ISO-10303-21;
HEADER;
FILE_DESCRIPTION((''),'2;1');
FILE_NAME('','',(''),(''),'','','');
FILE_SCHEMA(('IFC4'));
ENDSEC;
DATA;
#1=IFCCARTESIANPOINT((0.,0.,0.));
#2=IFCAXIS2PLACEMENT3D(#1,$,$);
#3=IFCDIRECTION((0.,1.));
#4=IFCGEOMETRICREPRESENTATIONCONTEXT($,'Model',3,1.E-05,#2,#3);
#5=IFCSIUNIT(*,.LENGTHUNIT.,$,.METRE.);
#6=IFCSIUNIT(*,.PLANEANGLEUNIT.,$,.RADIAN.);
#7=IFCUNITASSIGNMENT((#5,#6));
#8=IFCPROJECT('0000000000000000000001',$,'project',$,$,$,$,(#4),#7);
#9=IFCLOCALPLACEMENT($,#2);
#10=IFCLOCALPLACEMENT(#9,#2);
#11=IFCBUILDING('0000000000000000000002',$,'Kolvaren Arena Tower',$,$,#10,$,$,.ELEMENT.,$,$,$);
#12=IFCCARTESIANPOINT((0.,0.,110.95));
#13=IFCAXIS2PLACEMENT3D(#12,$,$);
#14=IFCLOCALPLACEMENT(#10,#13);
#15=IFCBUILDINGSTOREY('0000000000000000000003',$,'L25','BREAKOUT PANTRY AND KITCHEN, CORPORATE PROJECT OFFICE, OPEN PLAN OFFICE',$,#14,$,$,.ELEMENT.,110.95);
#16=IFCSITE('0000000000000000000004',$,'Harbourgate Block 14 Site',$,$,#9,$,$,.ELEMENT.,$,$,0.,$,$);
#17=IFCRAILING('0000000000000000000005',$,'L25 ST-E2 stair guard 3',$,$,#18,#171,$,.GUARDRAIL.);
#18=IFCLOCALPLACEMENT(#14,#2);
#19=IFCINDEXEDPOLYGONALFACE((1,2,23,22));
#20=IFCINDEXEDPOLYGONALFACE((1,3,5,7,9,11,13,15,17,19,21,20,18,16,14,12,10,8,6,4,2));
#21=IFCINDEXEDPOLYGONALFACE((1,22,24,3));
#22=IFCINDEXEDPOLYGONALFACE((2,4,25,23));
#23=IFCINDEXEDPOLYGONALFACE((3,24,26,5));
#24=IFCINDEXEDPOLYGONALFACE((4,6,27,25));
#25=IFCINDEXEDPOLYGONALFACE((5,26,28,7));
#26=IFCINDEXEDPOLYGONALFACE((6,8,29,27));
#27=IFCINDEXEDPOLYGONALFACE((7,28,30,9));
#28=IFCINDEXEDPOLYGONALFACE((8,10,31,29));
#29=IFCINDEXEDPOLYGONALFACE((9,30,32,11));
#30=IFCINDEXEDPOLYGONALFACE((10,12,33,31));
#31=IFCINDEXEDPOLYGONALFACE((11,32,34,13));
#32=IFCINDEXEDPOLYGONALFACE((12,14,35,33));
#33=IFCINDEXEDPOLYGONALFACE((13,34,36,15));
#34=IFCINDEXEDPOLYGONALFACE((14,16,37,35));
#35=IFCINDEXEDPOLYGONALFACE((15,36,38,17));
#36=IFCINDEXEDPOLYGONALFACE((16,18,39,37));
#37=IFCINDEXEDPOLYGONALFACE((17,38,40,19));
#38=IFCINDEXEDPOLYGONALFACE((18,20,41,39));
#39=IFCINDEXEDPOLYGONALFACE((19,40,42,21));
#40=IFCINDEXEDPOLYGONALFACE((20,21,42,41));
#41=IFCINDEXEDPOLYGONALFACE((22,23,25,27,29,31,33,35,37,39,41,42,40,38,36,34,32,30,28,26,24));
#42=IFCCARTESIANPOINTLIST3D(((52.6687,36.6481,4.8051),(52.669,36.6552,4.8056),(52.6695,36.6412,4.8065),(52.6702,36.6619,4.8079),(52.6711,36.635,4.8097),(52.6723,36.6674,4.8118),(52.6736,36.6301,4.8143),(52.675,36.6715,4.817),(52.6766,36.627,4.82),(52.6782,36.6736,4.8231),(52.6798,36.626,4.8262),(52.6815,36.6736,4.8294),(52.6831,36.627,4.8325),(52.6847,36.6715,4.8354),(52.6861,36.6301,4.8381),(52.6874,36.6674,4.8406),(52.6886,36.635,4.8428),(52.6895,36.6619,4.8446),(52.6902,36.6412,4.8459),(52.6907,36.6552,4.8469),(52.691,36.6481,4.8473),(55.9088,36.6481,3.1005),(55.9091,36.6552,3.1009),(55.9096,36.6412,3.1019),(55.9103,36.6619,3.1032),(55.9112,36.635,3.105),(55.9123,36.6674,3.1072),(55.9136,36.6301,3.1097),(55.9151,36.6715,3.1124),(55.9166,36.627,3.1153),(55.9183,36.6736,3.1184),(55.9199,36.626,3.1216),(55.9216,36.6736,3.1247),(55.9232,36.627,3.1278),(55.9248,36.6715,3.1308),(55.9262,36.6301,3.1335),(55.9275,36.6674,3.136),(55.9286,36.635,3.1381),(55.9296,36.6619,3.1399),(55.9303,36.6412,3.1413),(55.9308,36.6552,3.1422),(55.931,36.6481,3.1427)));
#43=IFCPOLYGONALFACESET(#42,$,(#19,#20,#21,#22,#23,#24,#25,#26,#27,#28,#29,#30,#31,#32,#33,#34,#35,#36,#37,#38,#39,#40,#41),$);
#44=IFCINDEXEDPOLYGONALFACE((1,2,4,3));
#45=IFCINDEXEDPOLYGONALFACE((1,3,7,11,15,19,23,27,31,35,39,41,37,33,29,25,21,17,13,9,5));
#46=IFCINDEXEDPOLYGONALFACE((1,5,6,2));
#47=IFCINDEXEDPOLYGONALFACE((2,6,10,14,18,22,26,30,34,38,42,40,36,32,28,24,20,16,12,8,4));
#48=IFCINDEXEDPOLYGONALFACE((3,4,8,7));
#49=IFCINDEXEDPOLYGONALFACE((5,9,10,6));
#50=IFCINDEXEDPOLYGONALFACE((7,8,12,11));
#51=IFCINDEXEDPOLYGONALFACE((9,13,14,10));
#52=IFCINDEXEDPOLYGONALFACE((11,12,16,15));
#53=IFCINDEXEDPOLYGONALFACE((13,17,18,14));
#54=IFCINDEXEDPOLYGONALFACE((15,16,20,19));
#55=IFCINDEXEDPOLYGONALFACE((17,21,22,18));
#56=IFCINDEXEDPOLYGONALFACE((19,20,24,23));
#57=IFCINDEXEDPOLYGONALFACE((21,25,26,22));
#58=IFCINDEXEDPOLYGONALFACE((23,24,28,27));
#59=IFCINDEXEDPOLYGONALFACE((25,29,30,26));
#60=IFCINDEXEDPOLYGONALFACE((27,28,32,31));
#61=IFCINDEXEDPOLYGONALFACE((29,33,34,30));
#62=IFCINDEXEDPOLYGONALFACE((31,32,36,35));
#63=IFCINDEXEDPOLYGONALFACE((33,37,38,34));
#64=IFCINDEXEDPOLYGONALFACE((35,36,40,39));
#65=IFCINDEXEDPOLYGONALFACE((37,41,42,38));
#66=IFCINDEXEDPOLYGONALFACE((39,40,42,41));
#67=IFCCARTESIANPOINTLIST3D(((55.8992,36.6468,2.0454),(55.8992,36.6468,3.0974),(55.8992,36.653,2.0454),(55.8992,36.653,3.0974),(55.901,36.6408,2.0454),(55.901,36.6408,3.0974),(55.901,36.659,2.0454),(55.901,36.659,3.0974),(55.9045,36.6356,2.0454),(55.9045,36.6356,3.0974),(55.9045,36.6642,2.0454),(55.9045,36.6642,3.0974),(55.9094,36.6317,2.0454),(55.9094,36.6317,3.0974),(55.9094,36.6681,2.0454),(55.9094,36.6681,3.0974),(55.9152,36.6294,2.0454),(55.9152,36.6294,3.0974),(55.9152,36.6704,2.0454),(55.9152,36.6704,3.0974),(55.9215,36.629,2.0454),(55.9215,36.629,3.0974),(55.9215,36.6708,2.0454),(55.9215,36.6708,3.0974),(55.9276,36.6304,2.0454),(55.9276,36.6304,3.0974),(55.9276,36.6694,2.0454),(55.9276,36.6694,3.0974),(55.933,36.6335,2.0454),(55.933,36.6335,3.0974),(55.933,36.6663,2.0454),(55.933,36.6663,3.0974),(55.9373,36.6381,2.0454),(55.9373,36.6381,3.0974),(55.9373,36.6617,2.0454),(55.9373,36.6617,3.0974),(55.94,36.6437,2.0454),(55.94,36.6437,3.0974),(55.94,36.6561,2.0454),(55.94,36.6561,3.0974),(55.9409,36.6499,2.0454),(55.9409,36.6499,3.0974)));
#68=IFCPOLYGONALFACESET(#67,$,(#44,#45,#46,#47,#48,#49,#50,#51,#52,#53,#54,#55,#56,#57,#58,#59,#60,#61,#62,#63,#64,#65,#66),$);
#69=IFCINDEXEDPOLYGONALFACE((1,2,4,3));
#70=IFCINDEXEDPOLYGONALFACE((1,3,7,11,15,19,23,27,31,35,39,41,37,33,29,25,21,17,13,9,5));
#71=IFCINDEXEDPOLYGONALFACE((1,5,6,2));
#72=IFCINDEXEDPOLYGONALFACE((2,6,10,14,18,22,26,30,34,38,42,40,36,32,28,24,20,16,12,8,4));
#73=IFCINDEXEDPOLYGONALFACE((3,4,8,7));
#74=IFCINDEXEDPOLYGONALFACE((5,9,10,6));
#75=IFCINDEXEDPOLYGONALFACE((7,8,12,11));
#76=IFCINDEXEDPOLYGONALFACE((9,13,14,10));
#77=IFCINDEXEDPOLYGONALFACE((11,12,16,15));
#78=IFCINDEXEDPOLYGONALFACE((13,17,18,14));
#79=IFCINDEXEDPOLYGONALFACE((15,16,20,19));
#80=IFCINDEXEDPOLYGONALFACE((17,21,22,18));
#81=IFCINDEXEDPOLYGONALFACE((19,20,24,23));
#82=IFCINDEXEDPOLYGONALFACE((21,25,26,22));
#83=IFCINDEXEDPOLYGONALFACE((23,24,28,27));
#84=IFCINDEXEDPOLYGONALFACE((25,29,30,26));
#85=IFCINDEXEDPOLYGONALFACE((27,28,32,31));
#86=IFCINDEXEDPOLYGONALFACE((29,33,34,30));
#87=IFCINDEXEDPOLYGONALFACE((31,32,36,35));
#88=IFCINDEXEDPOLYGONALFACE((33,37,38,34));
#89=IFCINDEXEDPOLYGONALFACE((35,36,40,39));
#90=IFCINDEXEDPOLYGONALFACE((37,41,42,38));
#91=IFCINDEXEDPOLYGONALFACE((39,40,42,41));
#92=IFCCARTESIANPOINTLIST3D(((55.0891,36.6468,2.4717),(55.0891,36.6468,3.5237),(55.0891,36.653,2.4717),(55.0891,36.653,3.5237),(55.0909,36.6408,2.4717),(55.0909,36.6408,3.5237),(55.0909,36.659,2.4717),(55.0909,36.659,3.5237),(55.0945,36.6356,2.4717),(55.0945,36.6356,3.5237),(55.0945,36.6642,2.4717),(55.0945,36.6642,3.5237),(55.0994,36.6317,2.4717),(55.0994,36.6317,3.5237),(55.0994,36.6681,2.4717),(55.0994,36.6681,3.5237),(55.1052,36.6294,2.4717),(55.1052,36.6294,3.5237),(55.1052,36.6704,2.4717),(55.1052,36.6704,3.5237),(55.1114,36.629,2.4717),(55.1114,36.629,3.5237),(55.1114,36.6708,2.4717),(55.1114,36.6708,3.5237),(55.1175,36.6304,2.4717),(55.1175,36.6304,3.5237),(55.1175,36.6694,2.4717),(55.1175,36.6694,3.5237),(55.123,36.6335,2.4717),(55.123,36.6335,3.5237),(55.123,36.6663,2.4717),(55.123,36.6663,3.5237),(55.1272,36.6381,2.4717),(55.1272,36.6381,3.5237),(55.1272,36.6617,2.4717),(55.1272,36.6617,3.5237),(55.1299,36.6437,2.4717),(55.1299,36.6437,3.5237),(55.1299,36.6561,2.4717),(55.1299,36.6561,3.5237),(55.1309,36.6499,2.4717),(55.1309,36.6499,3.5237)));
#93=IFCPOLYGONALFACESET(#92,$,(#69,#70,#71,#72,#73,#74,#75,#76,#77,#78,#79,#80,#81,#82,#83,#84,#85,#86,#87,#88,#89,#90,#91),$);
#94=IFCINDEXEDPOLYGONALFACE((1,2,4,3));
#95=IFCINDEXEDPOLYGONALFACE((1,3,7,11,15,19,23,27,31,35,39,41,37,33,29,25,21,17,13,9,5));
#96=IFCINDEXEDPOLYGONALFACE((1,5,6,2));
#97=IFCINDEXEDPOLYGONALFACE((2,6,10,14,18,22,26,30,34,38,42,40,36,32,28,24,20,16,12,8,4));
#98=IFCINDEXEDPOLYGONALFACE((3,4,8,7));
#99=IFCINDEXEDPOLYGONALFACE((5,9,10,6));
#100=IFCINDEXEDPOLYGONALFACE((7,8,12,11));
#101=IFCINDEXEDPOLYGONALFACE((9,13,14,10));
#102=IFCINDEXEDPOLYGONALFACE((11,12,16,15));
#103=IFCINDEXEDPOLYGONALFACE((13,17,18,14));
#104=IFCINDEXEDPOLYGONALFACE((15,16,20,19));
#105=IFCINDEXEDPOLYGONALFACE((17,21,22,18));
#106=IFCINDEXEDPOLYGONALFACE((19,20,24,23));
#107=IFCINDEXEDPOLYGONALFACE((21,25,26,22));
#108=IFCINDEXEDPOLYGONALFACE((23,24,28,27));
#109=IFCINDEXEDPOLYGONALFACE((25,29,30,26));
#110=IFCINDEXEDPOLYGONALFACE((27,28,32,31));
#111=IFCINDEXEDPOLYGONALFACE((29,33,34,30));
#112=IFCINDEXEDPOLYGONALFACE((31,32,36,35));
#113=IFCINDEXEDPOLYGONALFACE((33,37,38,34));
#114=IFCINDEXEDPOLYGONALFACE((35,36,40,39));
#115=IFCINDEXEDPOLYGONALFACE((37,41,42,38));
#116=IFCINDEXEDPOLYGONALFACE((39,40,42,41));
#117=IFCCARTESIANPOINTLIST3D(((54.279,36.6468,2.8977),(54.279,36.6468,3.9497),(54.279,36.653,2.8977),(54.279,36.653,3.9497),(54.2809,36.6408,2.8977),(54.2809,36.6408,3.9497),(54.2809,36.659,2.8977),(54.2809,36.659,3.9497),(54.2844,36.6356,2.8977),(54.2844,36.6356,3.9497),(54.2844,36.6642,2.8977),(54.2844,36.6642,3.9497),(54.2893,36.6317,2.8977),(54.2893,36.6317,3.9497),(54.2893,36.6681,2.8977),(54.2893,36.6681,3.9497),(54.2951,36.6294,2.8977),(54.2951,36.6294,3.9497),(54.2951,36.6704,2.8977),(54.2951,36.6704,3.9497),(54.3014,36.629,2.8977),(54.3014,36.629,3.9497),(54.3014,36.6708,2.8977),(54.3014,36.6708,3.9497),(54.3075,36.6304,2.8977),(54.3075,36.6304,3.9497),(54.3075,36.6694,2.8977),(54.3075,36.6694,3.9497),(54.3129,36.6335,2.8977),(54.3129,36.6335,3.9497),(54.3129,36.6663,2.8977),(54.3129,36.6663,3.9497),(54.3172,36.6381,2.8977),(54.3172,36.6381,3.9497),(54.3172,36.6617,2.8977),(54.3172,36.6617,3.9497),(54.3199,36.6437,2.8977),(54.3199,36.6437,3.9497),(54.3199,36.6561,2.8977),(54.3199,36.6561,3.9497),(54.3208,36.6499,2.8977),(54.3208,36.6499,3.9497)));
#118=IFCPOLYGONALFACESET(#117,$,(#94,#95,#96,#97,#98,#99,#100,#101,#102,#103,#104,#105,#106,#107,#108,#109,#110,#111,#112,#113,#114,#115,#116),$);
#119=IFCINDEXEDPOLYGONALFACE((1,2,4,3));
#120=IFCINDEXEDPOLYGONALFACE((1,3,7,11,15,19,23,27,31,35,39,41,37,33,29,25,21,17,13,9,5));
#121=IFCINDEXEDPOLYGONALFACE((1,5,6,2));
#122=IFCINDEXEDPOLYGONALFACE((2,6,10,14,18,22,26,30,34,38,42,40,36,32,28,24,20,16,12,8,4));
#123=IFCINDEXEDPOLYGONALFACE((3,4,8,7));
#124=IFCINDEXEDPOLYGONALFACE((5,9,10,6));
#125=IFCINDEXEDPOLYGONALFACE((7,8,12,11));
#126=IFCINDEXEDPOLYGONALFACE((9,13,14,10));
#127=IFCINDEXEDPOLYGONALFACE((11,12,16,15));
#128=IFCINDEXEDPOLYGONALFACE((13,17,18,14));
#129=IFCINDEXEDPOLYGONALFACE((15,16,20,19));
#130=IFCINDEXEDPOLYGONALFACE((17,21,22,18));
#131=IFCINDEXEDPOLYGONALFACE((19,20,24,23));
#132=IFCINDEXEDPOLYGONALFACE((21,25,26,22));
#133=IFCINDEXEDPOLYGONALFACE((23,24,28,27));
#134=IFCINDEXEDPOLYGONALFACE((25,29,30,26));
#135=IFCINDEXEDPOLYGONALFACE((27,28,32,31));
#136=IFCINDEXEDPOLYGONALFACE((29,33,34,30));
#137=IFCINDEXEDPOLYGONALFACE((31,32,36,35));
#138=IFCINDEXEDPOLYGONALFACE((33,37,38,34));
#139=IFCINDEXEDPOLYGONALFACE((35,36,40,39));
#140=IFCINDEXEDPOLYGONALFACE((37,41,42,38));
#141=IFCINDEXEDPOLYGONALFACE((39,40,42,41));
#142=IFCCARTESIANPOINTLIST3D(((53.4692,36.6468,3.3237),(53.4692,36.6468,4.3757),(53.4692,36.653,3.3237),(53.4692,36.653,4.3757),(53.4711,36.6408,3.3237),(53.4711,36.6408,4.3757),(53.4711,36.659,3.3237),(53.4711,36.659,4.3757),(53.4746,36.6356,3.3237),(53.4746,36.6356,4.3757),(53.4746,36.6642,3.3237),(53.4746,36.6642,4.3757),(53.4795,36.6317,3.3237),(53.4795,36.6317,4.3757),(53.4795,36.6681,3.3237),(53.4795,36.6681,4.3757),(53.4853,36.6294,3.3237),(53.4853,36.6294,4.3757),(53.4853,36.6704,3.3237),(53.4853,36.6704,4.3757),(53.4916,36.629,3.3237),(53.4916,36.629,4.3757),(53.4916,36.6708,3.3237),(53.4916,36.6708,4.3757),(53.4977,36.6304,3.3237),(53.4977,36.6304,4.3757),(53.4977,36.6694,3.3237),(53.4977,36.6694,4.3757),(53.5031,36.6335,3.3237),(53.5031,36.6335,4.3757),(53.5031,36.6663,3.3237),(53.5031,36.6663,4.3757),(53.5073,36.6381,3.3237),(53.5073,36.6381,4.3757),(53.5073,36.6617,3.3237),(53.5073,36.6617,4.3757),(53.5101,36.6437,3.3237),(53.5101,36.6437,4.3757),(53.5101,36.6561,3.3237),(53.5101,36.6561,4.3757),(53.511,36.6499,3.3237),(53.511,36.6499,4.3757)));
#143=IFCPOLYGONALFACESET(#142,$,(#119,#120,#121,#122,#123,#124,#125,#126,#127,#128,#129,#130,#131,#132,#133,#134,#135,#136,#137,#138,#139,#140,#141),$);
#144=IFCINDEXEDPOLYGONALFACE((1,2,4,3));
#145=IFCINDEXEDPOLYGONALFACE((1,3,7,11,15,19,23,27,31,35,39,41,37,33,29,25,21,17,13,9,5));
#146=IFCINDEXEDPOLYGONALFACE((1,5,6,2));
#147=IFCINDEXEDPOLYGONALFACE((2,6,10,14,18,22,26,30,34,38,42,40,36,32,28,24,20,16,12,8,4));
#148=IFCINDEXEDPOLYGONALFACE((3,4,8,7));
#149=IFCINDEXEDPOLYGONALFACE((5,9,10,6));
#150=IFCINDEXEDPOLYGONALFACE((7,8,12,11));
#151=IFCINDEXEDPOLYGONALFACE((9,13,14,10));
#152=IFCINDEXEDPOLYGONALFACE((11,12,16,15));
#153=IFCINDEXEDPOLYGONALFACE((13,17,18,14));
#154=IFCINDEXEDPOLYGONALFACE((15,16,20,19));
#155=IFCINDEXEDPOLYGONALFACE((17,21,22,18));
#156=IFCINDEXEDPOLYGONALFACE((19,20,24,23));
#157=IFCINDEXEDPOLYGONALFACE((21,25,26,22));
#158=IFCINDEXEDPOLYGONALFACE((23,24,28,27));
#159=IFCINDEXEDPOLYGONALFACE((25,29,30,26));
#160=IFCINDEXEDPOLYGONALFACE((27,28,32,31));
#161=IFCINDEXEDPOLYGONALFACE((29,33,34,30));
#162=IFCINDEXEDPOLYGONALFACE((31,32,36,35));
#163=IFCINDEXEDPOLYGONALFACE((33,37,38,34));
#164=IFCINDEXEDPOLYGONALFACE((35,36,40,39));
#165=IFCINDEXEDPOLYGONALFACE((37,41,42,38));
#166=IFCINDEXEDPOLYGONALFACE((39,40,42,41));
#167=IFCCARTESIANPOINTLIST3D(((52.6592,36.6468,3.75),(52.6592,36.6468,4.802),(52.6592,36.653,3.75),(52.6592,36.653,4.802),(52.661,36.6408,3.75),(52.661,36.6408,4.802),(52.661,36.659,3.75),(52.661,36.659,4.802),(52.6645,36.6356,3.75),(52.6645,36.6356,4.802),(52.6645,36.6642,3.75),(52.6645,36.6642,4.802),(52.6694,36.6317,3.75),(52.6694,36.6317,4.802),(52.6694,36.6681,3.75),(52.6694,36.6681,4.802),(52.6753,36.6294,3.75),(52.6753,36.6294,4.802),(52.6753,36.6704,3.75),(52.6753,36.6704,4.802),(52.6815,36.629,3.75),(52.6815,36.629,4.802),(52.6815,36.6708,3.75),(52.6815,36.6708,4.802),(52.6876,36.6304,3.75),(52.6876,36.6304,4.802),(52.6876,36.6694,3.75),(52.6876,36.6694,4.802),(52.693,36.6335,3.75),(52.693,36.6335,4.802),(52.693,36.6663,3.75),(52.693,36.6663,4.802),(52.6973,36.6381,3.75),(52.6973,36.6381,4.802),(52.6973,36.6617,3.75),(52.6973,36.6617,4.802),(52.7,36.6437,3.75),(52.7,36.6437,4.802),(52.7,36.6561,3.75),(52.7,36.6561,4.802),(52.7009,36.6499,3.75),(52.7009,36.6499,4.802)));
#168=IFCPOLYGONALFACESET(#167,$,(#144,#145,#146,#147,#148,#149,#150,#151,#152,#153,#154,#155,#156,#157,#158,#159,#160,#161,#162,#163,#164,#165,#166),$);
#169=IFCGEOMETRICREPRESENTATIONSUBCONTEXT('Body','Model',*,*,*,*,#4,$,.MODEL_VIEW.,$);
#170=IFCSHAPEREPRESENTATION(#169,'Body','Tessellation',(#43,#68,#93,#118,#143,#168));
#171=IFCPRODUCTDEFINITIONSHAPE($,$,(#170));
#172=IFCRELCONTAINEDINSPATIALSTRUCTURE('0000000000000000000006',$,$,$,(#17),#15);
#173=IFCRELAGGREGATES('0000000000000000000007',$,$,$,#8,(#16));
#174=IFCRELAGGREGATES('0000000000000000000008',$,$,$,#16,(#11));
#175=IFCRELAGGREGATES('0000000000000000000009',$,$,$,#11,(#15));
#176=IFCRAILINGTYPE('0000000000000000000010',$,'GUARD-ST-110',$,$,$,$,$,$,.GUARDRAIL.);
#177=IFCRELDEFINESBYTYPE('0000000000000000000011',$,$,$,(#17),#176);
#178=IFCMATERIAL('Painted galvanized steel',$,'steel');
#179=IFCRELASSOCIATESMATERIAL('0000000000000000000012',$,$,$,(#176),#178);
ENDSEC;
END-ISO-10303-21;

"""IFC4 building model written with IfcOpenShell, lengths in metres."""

from ifc_helpers import new_model, si_unit, direction, frame, origin, origin_2d, place, context, subcontext, project, spatial, circle, extrude, material, type_object, element, save


model = new_model("IFC4")

# Units and contexts
model_context = context("Model", 3, precision=1e-05, world=origin(), true_north=direction((0.0, 1.0)))
body_context = subcontext(model_context, "Body", "Model", "MODEL_VIEW")
ifc_project = project(units=[si_unit("LENGTHUNIT", "METRE"), si_unit("PLANEANGLEUNIT", "RADIAN")], contexts=[model_context])

# Site, building, storey
site_placement = place(None, origin())
site = spatial("IfcSite", under=ifc_project, at=site_placement, Name="Harbourgate Block 14 Site", CompositionType="ELEMENT", RefElevation=0.0)
building_placement = place(site_placement, origin())
building = spatial("IfcBuilding", under=site, at=building_placement, Name="Kolvaren Arena Tower", CompositionType="ELEMENT")
storey_placement = place(building_placement, frame((0.0, 0.0, 110.95)))
storey = spatial("IfcBuildingStorey", under=building, at=storey_placement, Name="L25", Description="BREAKOUT PANTRY AND KITCHEN, CORPORATE PROJECT OFFICE, OPEN PLAN OFFICE", CompositionType="ELEMENT", Elevation=110.95)

# Railing
ifc_material_1 = material(Name="Painted galvanized steel", Category="steel")
railing_type_1 = type_object("IfcRailingType", Name="GUARD-ST-110", PredefinedType="GUARDRAIL", material=ifc_material_1)
railing_1_placement = place(storey_placement, frame((55.9199, 36.6499, 2.0454)))
element("IfcRailing", 1, at=railing_1_placement, inside=storey, type_object=railing_type_1, Name="L25 ST-E2 stair guard 3", PredefinedType="GUARDRAIL", context=body_context, shape_type="SweptSolid", body=[
    extrude(circle(Radius=0.0239, at=origin_2d()), frame((0.0, 0.0, 1.0762), z_axis=(-0.884993, 0.0, 0.465604), x_axis=(0.0, -1.0, 0.0)), (0.0, 0.0, 1.0), 3.6611),
    extrude(circle(Radius=0.021, at=origin_2d()), origin(), (0.0, 0.0, 1.0), 1.052),
    extrude(circle(Radius=0.021, at=origin_2d()), frame((-0.8101, 0.0, 0.4263)), (0.0, 0.0, 1.0), 1.052),
    extrude(circle(Radius=0.021, at=origin_2d()), frame((-1.6201, 0.0, 0.8523)), (0.0, 0.0, 1.0), 1.052),
    extrude(circle(Radius=0.021, at=origin_2d()), frame((-2.4299, 0.0, 1.2783)), (0.0, 0.0, 1.0), 1.052),
    extrude(circle(Radius=0.021, at=origin_2d()), frame((-3.24, 0.0, 1.7046)), (0.0, 0.0, 1.0), 1.052),
])

save(model, "model.ifc")
